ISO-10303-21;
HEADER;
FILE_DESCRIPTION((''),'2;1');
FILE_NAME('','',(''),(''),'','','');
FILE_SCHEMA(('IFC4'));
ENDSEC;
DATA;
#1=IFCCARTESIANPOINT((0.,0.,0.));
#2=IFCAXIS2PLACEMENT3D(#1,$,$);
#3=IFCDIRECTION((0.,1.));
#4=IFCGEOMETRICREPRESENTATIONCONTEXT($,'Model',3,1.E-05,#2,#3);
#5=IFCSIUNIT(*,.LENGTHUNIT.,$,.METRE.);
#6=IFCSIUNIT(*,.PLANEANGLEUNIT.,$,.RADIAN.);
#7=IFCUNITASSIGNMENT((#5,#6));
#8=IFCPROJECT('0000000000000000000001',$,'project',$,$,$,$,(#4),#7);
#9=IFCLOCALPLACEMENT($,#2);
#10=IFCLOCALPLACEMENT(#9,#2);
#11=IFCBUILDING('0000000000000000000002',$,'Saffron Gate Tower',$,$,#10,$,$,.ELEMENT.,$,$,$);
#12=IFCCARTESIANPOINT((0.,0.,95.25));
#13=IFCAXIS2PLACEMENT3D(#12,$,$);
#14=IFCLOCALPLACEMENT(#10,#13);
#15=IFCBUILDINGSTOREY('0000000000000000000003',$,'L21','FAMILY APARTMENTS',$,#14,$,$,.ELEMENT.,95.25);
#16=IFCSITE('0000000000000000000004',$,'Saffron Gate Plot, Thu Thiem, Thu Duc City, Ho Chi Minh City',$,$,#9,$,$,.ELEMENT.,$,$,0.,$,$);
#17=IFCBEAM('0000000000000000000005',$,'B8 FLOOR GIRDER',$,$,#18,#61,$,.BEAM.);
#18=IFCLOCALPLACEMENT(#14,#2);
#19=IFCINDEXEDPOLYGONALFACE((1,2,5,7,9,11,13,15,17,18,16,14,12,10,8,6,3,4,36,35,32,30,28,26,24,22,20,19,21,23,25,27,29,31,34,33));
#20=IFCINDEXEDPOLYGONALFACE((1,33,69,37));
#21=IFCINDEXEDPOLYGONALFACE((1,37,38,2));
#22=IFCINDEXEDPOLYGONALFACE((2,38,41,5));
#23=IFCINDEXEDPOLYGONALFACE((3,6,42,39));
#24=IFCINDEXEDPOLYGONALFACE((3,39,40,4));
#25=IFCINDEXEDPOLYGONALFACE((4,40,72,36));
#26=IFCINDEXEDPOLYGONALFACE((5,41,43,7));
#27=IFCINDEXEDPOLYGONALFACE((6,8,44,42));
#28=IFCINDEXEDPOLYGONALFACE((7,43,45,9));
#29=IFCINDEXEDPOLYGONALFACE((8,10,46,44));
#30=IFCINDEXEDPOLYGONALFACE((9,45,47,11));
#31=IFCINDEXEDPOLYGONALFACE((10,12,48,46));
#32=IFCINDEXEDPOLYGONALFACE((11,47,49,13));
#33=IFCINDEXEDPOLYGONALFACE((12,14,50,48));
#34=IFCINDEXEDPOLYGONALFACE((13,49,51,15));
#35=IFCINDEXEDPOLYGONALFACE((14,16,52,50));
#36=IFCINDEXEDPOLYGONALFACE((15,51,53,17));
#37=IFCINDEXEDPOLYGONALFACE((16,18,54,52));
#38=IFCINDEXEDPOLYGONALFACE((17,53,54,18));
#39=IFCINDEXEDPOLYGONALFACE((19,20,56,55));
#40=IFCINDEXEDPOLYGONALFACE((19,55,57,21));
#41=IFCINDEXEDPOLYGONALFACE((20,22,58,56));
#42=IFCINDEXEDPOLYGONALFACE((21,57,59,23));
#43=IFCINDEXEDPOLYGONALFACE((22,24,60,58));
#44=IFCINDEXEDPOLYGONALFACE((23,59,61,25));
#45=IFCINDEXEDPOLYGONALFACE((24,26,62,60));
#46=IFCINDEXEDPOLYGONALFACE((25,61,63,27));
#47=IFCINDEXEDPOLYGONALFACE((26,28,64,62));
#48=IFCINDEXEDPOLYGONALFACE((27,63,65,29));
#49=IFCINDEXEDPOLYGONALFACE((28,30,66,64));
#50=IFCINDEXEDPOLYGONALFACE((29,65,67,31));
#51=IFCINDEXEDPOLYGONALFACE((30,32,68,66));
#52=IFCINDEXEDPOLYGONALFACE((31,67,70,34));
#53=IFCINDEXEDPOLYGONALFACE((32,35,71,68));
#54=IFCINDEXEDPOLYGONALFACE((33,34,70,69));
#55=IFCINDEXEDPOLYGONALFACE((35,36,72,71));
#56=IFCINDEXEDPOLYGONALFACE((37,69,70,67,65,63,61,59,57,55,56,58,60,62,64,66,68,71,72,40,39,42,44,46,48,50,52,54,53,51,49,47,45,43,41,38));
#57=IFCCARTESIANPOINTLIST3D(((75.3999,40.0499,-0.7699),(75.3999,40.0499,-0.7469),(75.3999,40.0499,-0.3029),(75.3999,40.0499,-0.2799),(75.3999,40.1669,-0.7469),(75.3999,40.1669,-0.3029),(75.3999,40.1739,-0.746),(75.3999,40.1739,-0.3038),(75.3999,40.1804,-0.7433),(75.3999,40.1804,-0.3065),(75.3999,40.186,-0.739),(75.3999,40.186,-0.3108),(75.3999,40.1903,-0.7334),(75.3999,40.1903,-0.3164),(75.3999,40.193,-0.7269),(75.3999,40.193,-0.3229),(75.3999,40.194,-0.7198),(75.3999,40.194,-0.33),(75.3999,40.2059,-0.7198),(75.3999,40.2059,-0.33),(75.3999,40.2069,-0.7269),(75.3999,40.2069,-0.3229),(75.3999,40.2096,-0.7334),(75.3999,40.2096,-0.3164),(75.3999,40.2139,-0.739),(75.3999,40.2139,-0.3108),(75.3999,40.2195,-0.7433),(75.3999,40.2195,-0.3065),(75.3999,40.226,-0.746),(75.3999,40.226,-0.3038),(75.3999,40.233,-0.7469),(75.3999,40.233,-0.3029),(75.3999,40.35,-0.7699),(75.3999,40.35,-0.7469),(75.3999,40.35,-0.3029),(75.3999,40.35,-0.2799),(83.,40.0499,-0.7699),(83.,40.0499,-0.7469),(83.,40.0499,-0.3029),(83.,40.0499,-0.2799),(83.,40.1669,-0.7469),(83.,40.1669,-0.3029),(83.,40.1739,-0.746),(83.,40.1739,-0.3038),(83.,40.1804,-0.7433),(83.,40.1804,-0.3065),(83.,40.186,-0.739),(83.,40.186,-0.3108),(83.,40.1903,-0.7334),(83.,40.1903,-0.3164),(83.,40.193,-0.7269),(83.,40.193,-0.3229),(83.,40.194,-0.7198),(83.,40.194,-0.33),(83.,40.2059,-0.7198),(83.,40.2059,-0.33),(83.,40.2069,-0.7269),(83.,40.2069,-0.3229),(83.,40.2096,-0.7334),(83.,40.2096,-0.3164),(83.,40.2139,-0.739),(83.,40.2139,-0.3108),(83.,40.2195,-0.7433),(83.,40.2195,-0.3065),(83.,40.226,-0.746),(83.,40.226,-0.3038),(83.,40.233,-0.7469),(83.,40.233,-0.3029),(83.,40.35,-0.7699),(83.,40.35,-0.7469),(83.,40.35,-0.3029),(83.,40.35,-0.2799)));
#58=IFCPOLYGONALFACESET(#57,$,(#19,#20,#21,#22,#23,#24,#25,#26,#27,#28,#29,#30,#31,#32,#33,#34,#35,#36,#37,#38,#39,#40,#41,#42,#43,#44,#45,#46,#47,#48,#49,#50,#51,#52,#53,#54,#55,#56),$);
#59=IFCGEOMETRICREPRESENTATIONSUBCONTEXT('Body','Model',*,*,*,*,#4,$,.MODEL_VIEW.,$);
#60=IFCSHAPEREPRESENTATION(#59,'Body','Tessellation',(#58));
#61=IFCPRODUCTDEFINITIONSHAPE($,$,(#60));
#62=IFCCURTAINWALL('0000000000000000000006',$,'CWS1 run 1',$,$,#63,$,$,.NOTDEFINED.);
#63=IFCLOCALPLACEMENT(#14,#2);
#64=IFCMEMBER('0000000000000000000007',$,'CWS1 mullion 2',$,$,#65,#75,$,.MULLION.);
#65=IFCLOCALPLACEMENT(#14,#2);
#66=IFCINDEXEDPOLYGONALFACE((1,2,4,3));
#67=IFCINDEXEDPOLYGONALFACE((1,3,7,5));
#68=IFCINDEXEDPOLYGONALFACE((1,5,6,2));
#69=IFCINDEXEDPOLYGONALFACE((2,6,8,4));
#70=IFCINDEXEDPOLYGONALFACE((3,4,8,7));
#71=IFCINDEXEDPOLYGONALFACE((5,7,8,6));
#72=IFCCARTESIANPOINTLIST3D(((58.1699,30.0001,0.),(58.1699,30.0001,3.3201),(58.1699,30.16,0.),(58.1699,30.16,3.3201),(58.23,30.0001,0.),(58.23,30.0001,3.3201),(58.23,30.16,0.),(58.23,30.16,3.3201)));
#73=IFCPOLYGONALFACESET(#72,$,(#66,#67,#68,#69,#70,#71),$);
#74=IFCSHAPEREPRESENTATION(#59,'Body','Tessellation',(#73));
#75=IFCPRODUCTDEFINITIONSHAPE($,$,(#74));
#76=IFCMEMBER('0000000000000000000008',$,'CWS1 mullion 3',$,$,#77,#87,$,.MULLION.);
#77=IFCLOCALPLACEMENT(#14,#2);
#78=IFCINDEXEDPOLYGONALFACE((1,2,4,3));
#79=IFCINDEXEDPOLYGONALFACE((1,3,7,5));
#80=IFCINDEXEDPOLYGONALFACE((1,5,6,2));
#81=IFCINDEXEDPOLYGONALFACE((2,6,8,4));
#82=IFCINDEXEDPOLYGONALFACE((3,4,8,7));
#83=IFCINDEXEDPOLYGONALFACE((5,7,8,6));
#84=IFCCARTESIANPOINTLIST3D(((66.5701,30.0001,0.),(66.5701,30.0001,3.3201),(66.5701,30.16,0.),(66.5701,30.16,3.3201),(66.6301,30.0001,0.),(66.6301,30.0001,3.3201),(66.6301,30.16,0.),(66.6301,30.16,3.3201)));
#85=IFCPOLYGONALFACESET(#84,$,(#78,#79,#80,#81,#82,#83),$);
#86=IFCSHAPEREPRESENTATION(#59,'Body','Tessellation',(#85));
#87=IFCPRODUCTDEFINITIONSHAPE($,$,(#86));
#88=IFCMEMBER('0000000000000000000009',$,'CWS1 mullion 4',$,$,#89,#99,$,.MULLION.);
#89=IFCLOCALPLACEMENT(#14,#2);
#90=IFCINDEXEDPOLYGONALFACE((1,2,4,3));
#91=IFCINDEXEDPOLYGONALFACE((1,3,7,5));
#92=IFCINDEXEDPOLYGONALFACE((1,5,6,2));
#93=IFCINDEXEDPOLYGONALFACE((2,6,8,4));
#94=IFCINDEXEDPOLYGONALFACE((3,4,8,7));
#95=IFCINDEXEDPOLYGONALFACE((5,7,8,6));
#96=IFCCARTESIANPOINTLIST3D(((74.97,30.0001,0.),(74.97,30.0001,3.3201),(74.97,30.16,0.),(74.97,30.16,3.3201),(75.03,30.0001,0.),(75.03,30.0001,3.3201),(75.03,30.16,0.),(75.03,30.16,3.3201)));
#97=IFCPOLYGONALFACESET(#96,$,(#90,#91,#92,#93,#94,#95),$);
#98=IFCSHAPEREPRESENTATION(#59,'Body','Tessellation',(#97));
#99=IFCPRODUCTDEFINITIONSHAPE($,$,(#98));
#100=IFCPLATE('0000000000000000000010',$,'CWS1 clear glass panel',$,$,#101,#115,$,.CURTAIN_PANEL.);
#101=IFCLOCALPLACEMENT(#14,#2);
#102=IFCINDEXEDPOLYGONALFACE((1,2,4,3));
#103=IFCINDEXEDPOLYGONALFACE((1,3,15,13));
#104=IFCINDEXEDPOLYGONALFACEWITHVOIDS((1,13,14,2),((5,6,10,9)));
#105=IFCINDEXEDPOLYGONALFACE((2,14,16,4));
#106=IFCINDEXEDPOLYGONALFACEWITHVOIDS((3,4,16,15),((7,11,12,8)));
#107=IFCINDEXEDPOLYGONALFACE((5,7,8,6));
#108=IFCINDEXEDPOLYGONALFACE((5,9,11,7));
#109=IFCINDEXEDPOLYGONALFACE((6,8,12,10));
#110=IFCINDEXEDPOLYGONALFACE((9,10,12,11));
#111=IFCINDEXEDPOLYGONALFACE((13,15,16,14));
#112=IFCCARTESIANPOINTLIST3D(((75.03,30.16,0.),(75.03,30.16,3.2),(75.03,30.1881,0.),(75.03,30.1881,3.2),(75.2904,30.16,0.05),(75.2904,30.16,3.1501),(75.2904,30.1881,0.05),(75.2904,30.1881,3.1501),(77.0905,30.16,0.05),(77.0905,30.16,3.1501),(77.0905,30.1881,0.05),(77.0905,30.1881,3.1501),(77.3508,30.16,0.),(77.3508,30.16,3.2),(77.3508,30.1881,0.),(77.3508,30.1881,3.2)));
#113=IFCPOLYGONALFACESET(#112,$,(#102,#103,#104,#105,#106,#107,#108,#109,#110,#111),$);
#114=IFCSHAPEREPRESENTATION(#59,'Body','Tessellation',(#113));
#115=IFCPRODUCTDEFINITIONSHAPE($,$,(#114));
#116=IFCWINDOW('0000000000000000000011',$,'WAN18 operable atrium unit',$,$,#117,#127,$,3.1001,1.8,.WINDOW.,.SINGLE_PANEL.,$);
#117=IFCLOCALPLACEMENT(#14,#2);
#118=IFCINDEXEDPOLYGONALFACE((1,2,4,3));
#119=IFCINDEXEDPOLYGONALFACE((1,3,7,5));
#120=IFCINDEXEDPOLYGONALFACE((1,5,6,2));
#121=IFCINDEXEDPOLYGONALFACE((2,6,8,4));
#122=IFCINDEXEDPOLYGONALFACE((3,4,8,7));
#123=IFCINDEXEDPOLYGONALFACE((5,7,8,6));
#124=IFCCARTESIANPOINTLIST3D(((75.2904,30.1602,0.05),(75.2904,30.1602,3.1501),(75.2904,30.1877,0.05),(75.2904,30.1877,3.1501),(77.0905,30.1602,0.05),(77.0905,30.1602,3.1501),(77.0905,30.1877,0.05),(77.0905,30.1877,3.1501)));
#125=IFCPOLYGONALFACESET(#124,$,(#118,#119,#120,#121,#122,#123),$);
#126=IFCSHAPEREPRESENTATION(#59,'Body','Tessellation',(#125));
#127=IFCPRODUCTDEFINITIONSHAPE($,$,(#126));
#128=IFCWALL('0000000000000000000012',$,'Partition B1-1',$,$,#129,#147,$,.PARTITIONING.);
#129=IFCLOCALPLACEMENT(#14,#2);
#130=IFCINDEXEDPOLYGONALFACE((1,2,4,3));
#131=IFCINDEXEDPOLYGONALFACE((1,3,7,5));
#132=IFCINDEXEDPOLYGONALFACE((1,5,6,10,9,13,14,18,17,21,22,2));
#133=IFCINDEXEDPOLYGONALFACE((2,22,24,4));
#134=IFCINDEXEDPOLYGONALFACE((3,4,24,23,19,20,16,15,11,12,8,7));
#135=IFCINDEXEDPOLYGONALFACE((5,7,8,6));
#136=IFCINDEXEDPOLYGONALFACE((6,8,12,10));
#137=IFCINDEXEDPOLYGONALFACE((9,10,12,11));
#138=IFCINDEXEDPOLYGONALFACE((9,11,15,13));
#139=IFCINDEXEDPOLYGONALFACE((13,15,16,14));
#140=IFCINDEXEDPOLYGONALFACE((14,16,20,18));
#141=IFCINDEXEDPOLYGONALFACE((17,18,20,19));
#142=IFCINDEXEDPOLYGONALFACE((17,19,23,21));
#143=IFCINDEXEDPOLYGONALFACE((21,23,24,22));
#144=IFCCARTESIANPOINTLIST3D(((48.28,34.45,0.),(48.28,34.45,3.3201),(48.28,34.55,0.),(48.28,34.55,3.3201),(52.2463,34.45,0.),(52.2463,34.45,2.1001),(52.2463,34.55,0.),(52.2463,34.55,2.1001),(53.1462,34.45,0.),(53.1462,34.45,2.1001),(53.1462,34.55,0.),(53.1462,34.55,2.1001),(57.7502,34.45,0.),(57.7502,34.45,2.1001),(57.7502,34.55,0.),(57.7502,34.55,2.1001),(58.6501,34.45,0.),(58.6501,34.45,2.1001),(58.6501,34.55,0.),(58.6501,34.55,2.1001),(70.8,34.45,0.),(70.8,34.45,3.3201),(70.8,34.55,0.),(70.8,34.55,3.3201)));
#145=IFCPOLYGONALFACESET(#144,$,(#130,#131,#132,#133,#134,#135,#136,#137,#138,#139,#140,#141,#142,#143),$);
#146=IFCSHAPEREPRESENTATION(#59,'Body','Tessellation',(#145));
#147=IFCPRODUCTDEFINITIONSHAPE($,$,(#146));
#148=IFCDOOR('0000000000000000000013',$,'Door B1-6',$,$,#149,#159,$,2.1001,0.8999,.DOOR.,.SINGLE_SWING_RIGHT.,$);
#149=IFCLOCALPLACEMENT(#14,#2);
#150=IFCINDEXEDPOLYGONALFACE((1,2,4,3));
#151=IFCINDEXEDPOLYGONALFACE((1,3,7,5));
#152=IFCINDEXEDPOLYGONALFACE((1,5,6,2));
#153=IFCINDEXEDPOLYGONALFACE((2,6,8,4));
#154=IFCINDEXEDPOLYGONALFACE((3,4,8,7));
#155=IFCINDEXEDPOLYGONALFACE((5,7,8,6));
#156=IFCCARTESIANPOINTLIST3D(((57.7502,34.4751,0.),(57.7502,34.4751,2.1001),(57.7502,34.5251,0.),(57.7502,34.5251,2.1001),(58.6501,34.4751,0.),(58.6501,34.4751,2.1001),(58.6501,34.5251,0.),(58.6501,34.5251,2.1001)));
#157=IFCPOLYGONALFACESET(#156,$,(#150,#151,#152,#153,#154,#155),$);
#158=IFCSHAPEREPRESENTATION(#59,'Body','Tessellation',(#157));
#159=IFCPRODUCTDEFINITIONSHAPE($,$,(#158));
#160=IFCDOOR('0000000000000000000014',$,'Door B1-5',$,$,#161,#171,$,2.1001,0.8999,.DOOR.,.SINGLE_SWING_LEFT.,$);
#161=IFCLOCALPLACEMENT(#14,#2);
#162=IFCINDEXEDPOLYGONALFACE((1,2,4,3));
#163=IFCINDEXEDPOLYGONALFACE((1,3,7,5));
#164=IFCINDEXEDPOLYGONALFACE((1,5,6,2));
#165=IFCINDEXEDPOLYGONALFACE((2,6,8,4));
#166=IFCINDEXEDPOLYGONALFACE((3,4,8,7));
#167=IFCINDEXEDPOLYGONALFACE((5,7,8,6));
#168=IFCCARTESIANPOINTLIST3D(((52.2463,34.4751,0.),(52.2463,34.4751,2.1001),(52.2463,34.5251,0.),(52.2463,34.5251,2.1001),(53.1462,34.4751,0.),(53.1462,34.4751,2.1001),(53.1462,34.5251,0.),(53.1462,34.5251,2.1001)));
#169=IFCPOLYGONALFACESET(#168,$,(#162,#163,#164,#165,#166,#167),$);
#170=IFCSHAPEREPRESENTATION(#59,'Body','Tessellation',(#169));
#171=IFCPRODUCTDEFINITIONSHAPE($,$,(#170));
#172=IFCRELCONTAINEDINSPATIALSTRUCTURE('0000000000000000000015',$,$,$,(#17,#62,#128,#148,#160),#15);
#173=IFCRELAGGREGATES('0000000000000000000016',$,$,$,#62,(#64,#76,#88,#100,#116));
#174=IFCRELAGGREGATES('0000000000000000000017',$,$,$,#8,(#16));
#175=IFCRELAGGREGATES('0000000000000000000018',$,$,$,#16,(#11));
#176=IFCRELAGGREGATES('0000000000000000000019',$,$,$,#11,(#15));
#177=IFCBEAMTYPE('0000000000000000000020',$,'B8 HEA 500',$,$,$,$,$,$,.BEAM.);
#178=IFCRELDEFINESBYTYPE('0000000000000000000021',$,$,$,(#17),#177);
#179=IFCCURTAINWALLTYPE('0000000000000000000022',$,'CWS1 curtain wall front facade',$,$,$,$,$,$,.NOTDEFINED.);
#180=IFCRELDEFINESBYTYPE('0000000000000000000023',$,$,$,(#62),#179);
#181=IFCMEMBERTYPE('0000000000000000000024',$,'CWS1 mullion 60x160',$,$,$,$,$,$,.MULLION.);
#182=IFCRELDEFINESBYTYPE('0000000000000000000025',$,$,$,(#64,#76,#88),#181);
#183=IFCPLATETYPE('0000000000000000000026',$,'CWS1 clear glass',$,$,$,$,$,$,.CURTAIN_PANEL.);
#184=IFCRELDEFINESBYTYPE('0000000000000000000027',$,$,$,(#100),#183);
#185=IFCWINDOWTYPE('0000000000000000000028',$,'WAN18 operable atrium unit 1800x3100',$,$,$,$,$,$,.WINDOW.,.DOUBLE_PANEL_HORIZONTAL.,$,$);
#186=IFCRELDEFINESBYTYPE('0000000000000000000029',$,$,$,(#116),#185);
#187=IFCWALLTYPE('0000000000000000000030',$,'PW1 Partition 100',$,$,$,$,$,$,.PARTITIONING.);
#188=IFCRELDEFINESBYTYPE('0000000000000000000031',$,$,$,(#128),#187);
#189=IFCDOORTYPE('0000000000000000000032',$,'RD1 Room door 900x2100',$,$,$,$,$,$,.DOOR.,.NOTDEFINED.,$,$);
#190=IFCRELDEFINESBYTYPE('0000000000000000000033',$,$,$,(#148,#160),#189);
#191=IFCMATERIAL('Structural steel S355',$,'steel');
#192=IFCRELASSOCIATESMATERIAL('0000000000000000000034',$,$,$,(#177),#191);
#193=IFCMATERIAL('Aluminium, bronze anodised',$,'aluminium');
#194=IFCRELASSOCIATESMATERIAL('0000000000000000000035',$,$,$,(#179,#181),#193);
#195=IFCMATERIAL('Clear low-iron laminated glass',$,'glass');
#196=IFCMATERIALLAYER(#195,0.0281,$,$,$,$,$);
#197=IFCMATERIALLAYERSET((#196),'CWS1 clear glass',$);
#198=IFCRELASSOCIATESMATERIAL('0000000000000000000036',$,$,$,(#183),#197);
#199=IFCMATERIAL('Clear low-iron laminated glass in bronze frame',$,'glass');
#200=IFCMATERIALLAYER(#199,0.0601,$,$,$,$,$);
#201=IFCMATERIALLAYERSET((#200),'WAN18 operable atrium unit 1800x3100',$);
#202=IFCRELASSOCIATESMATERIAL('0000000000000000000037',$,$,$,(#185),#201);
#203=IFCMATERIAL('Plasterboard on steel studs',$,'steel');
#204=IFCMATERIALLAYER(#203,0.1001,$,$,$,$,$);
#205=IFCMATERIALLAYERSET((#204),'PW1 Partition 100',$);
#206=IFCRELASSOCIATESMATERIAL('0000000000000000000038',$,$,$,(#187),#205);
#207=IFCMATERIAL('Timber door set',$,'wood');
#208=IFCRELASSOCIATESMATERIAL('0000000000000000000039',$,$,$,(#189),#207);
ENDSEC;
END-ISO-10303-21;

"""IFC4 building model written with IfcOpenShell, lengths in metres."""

from ifc_helpers import new_model, si_unit, direction, frame, frame_2d, origin, origin_2d, place, context, subcontext, project, spatial, rectangle, i_section, extrude, material, layer, layer_set, material_profile, profile_set, type_object, element, fill, aggregate, save


model = new_model("IFC4")

# Units and contexts
model_context = context("Model", 3, precision=1e-05, world=origin(), true_north=direction((0.0, 1.0)))
body_context = subcontext(model_context, "Body", "Model", "MODEL_VIEW")
ifc_project = project(units=[si_unit("LENGTHUNIT", "METRE"), si_unit("PLANEANGLEUNIT", "RADIAN")], contexts=[model_context])

# Site, building, storey
site_placement = place(None, origin())
site = spatial("IfcSite", under=ifc_project, at=site_placement, Name="Saffron Gate Plot, Thu Thiem, Thu Duc City, Ho Chi Minh City", CompositionType="ELEMENT", RefElevation=0.0)
building_placement = place(site_placement, origin())
building = spatial("IfcBuilding", under=site, at=building_placement, Name="Saffron Gate Tower", CompositionType="ELEMENT")
storey_placement = place(building_placement, frame((0.0, 0.0, 95.25)))
storey = spatial("IfcBuildingStorey", under=building, at=storey_placement, Name="L21", Description="FAMILY APARTMENTS", CompositionType="ELEMENT", Elevation=95.25)

# Beam
ifc_material_1 = material(Name="Structural steel S355", Category="steel")
ifc_material_profile_1 = material_profile(ifc_material_1, i_section(OverallWidth=0.3, OverallDepth=0.49, WebThickness=0.012, FlangeThickness=0.0229, FilletRadius=0.0271, at=origin_2d()))
ifc_profile_set_1 = profile_set([ifc_material_profile_1], Name="Structural steel S355")
beam_type_1 = type_object("IfcBeamType", Name="B8 HEA 500", PredefinedType="BEAM", material=ifc_profile_set_1)
for number, where, z_axis, x_axis, name in (
    (1, (75.3999, 40.2, -0.5249), (1.0, 0.0, 0.0), (0.0, 1.0, 0.0), "B8 FLOOR GIRDER"),
):
    element("IfcBeam", number, at=place(storey_placement, frame(where, z_axis=z_axis, x_axis=x_axis)), inside=storey, type_object=beam_type_1, Name=name, PredefinedType="BEAM", context=body_context, shape_type="SweptSolid", body=[
        extrude(i_section(OverallWidth=0.3, OverallDepth=0.49, WebThickness=0.012, FlangeThickness=0.0229, FilletRadius=0.0271, at=origin_2d()), origin(), (0.0, 0.0, 1.0), 7.6001),
    ])

# Curtain wall, members, plate, opening, window
ifc_material_2 = material(Name="Aluminium, bronze anodised", Category="aluminium")
curtain_wall_type = type_object("IfcCurtainWallType", Name="CWS1 curtain wall front facade", PredefinedType="NOTDEFINED", material=ifc_material_2)
curtain_wall_placement = place(storey_placement, origin())
curtain_wall = element("IfcCurtainWall", 2, at=curtain_wall_placement, inside=storey, type_object=curtain_wall_type, Name="CWS1 run 1", PredefinedType="NOTDEFINED")
ifc_material_profile_2 = material_profile(ifc_material_2, rectangle(XDim=0.1599, YDim=0.0601, at=origin_2d()))
ifc_profile_set_2 = profile_set([ifc_material_profile_2], Name="Aluminium, bronze anodised")
member_type = type_object("IfcMemberType", Name="CWS1 mullion 60x160", PredefinedType="MULLION", material=ifc_profile_set_2)
member_1_placement = place(storey_placement, frame((58.2, 30.0801, 0.0), z_axis=(0.0, 0.0, 1.0), x_axis=(0.0, 1.0, 0.0)))
member_1 = element("IfcMember", 3, at=member_1_placement, type_object=member_type, Name="CWS1 mullion 2", PredefinedType="MULLION", context=body_context, shape_type="SweptSolid", body=[
    extrude(rectangle(XDim=0.1599, YDim=0.0601, at=origin_2d()), origin(), (0.0, 0.0, 1.0), 3.3201),
])
member_2_placement = place(storey_placement, frame((66.6001, 30.0801, 0.0), z_axis=(0.0, 0.0, 1.0), x_axis=(0.0, 1.0, 0.0)))
member_2 = element("IfcMember", 4, at=member_2_placement, type_object=member_type, Name="CWS1 mullion 3", PredefinedType="MULLION", context=body_context, shape_type="SweptSolid", body=[
    extrude(rectangle(XDim=0.1599, YDim=0.0601, at=origin_2d()), origin(), (0.0, 0.0, 1.0), 3.3201),
])
member_3_placement = place(storey_placement, frame((75.0, 30.0801, 0.0), z_axis=(0.0, 0.0, 1.0), x_axis=(0.0, 1.0, 0.0)))
member_3 = element("IfcMember", 5, at=member_3_placement, type_object=member_type, Name="CWS1 mullion 4", PredefinedType="MULLION", context=body_context, shape_type="SweptSolid", body=[
    extrude(rectangle(XDim=0.1599, YDim=0.0601, at=origin_2d()), origin(), (0.0, 0.0, 1.0), 3.3201),
])
ifc_material_3 = material(Name="Clear low-iron laminated glass", Category="glass")
ifc_layer_1 = layer(ifc_material_3, 0.0281)
ifc_layer_set_1 = layer_set([ifc_layer_1], Name="CWS1 clear glass")
plate_type = type_object("IfcPlateType", Name="CWS1 clear glass", PredefinedType="CURTAIN_PANEL", material=ifc_layer_set_1)
plate_placement = place(storey_placement, frame((75.03, 30.1741, 0.0), z_axis=(0.0, 0.0, 1.0), x_axis=(1.0, 0.0, 0.0)))
plate = element("IfcPlate", 6, at=plate_placement, type_object=plate_type, Name="CWS1 clear glass panel", PredefinedType="CURTAIN_PANEL", context=body_context, shape_type="SweptSolid", body=[
    extrude(rectangle(XDim=2.3208, YDim=0.0281, at=frame_2d((1.1604, 0.0))), origin(), (0.0, 0.0, 1.0), 3.2),
])
opening_1_placement = place(plate_placement, frame((0.2605, 0.0, 0.05)))
opening_1 = element("IfcOpeningElement", 7, at=opening_1_placement, cuts=plate, PredefinedType="OPENING", context=body_context, shape_type="SweptSolid", body=[
    extrude(rectangle(XDim=1.8, YDim=3.1001, at=frame_2d((0.8999, 1.55))), frame((0.0, 0.0239, 0.0), z_axis=(0.0, -1.0, 0.0), x_axis=(1.0, 0.0, 0.0)), (0.0, 0.0, 1.0), 0.0481),
])
ifc_material_4 = material(Name="Clear low-iron laminated glass in bronze frame", Category="glass")
ifc_layer_2 = layer(ifc_material_4, 0.0601)
ifc_layer_set_2 = layer_set([ifc_layer_2], Name="WAN18 operable atrium unit 1800x3100")
window_type = type_object("IfcWindowType", Name="WAN18 operable atrium unit 1800x3100", PartitioningType="DOUBLE_PANEL_HORIZONTAL", PredefinedType="WINDOW", material=ifc_layer_set_2)
window_placement = place(opening_1_placement, origin())
window = element("IfcWindow", 8, at=window_placement, type_object=window_type, Name="WAN18 operable atrium unit", OverallHeight=3.1001, OverallWidth=1.8, PartitioningType="SINGLE_PANEL", PredefinedType="WINDOW", context=body_context, shape_type="SweptSolid", body=[
    extrude(rectangle(XDim=1.8, YDim=3.1001, at=frame_2d((0.8999, 1.55))), frame((0.0, 0.0137, 0.0), z_axis=(0.0, -1.0, 0.0), x_axis=(1.0, 0.0, 0.0)), (0.0, 0.0, 1.0), 0.0276),
])
fill(opening_1, window)
aggregate(curtain_wall, [member_1, member_2, member_3, plate, window])

# Wall, openings, doors
ifc_material_5 = material(Name="Plasterboard on steel studs", Category="steel")
ifc_layer_3 = layer(ifc_material_5, 0.1001)
ifc_layer_set_3 = layer_set([ifc_layer_3], Name="PW1 Partition 100")
wall_type_1 = type_object("IfcWallType", Name="PW1 Partition 100", PredefinedType="PARTITIONING", material=ifc_layer_set_3)
wall_1_placement = place(storey_placement, frame((70.8, 34.5, 0.0), z_axis=(0.0, 0.0, 1.0), x_axis=(-1.0, 0.0, 0.0)))
wall_1 = element("IfcWall", 9, at=wall_1_placement, inside=storey, type_object=wall_type_1, Name="Partition B1-1", PredefinedType="PARTITIONING", context=body_context, shape_type="SweptSolid", body=[
    extrude(rectangle(XDim=22.52, YDim=0.1001, at=frame_2d((11.26, 0.0))), origin(), (0.0, 0.0, 1.0), 3.3201),
])
opening_2_placement = place(wall_1_placement, frame((12.1499, 0.0, 0.0)))
opening_2 = element("IfcOpeningElement", 10, at=opening_2_placement, cuts=wall_1, PredefinedType="OPENING", context=body_context, shape_type="SweptSolid", body=[
    extrude(rectangle(XDim=0.8999, YDim=2.1001, at=frame_2d((0.45, 1.05))), frame((0.0, 0.0601, 0.0), z_axis=(0.0, -1.0, 0.0), x_axis=(1.0, 0.0, 0.0)), (0.0, 0.0, 1.0), 0.1201),
])
opening_3_placement = place(wall_1_placement, frame((17.6538, 0.0, 0.0)))
opening_3 = element("IfcOpeningElement", 11, at=opening_3_placement, cuts=wall_1, PredefinedType="OPENING", context=body_context, shape_type="SweptSolid", body=[
    extrude(rectangle(XDim=0.8999, YDim=2.1001, at=frame_2d((0.45, 1.05))), frame((0.0, 0.0601, 0.0), z_axis=(0.0, -1.0, 0.0), x_axis=(1.0, 0.0, 0.0)), (0.0, 0.0, 1.0), 0.1201),
])
ifc_material_6 = material(Name="Timber door set", Category="wood")
door_type_1 = type_object("IfcDoorType", Name="RD1 Room door 900x2100", OperationType="NOTDEFINED", PredefinedType="DOOR", material=ifc_material_6)
door_1_placement = place(opening_2_placement, origin())
door_1 = element("IfcDoor", 12, at=door_1_placement, inside=storey, type_object=door_type_1, Name="Door B1-6", OperationType="SINGLE_SWING_RIGHT", OverallHeight=2.1001, OverallWidth=0.8999, PredefinedType="DOOR", context=body_context, shape_type="SweptSolid", body=[
    extrude(rectangle(XDim=0.8999, YDim=2.1001, at=frame_2d((0.45, 1.05))), frame((0.0, 0.0249, 0.0), z_axis=(0.0, -1.0, 0.0), x_axis=(1.0, 0.0, 0.0)), (0.0, 0.0, 1.0), 0.05),
])
fill(opening_2, door_1)
door_2_placement = place(opening_3_placement, origin())
door_2 = element("IfcDoor", 13, at=door_2_placement, inside=storey, type_object=door_type_1, Name="Door B1-5", OperationType="SINGLE_SWING_LEFT", OverallHeight=2.1001, OverallWidth=0.8999, PredefinedType="DOOR", context=body_context, shape_type="SweptSolid", body=[
    extrude(rectangle(XDim=0.8999, YDim=2.1001, at=frame_2d((0.45, 1.05))), frame((0.0, 0.0249, 0.0), z_axis=(0.0, -1.0, 0.0), x_axis=(1.0, 0.0, 0.0)), (0.0, 0.0, 1.0), 0.05),
])
fill(opening_3, door_2)

save(model, "model.ifc")
